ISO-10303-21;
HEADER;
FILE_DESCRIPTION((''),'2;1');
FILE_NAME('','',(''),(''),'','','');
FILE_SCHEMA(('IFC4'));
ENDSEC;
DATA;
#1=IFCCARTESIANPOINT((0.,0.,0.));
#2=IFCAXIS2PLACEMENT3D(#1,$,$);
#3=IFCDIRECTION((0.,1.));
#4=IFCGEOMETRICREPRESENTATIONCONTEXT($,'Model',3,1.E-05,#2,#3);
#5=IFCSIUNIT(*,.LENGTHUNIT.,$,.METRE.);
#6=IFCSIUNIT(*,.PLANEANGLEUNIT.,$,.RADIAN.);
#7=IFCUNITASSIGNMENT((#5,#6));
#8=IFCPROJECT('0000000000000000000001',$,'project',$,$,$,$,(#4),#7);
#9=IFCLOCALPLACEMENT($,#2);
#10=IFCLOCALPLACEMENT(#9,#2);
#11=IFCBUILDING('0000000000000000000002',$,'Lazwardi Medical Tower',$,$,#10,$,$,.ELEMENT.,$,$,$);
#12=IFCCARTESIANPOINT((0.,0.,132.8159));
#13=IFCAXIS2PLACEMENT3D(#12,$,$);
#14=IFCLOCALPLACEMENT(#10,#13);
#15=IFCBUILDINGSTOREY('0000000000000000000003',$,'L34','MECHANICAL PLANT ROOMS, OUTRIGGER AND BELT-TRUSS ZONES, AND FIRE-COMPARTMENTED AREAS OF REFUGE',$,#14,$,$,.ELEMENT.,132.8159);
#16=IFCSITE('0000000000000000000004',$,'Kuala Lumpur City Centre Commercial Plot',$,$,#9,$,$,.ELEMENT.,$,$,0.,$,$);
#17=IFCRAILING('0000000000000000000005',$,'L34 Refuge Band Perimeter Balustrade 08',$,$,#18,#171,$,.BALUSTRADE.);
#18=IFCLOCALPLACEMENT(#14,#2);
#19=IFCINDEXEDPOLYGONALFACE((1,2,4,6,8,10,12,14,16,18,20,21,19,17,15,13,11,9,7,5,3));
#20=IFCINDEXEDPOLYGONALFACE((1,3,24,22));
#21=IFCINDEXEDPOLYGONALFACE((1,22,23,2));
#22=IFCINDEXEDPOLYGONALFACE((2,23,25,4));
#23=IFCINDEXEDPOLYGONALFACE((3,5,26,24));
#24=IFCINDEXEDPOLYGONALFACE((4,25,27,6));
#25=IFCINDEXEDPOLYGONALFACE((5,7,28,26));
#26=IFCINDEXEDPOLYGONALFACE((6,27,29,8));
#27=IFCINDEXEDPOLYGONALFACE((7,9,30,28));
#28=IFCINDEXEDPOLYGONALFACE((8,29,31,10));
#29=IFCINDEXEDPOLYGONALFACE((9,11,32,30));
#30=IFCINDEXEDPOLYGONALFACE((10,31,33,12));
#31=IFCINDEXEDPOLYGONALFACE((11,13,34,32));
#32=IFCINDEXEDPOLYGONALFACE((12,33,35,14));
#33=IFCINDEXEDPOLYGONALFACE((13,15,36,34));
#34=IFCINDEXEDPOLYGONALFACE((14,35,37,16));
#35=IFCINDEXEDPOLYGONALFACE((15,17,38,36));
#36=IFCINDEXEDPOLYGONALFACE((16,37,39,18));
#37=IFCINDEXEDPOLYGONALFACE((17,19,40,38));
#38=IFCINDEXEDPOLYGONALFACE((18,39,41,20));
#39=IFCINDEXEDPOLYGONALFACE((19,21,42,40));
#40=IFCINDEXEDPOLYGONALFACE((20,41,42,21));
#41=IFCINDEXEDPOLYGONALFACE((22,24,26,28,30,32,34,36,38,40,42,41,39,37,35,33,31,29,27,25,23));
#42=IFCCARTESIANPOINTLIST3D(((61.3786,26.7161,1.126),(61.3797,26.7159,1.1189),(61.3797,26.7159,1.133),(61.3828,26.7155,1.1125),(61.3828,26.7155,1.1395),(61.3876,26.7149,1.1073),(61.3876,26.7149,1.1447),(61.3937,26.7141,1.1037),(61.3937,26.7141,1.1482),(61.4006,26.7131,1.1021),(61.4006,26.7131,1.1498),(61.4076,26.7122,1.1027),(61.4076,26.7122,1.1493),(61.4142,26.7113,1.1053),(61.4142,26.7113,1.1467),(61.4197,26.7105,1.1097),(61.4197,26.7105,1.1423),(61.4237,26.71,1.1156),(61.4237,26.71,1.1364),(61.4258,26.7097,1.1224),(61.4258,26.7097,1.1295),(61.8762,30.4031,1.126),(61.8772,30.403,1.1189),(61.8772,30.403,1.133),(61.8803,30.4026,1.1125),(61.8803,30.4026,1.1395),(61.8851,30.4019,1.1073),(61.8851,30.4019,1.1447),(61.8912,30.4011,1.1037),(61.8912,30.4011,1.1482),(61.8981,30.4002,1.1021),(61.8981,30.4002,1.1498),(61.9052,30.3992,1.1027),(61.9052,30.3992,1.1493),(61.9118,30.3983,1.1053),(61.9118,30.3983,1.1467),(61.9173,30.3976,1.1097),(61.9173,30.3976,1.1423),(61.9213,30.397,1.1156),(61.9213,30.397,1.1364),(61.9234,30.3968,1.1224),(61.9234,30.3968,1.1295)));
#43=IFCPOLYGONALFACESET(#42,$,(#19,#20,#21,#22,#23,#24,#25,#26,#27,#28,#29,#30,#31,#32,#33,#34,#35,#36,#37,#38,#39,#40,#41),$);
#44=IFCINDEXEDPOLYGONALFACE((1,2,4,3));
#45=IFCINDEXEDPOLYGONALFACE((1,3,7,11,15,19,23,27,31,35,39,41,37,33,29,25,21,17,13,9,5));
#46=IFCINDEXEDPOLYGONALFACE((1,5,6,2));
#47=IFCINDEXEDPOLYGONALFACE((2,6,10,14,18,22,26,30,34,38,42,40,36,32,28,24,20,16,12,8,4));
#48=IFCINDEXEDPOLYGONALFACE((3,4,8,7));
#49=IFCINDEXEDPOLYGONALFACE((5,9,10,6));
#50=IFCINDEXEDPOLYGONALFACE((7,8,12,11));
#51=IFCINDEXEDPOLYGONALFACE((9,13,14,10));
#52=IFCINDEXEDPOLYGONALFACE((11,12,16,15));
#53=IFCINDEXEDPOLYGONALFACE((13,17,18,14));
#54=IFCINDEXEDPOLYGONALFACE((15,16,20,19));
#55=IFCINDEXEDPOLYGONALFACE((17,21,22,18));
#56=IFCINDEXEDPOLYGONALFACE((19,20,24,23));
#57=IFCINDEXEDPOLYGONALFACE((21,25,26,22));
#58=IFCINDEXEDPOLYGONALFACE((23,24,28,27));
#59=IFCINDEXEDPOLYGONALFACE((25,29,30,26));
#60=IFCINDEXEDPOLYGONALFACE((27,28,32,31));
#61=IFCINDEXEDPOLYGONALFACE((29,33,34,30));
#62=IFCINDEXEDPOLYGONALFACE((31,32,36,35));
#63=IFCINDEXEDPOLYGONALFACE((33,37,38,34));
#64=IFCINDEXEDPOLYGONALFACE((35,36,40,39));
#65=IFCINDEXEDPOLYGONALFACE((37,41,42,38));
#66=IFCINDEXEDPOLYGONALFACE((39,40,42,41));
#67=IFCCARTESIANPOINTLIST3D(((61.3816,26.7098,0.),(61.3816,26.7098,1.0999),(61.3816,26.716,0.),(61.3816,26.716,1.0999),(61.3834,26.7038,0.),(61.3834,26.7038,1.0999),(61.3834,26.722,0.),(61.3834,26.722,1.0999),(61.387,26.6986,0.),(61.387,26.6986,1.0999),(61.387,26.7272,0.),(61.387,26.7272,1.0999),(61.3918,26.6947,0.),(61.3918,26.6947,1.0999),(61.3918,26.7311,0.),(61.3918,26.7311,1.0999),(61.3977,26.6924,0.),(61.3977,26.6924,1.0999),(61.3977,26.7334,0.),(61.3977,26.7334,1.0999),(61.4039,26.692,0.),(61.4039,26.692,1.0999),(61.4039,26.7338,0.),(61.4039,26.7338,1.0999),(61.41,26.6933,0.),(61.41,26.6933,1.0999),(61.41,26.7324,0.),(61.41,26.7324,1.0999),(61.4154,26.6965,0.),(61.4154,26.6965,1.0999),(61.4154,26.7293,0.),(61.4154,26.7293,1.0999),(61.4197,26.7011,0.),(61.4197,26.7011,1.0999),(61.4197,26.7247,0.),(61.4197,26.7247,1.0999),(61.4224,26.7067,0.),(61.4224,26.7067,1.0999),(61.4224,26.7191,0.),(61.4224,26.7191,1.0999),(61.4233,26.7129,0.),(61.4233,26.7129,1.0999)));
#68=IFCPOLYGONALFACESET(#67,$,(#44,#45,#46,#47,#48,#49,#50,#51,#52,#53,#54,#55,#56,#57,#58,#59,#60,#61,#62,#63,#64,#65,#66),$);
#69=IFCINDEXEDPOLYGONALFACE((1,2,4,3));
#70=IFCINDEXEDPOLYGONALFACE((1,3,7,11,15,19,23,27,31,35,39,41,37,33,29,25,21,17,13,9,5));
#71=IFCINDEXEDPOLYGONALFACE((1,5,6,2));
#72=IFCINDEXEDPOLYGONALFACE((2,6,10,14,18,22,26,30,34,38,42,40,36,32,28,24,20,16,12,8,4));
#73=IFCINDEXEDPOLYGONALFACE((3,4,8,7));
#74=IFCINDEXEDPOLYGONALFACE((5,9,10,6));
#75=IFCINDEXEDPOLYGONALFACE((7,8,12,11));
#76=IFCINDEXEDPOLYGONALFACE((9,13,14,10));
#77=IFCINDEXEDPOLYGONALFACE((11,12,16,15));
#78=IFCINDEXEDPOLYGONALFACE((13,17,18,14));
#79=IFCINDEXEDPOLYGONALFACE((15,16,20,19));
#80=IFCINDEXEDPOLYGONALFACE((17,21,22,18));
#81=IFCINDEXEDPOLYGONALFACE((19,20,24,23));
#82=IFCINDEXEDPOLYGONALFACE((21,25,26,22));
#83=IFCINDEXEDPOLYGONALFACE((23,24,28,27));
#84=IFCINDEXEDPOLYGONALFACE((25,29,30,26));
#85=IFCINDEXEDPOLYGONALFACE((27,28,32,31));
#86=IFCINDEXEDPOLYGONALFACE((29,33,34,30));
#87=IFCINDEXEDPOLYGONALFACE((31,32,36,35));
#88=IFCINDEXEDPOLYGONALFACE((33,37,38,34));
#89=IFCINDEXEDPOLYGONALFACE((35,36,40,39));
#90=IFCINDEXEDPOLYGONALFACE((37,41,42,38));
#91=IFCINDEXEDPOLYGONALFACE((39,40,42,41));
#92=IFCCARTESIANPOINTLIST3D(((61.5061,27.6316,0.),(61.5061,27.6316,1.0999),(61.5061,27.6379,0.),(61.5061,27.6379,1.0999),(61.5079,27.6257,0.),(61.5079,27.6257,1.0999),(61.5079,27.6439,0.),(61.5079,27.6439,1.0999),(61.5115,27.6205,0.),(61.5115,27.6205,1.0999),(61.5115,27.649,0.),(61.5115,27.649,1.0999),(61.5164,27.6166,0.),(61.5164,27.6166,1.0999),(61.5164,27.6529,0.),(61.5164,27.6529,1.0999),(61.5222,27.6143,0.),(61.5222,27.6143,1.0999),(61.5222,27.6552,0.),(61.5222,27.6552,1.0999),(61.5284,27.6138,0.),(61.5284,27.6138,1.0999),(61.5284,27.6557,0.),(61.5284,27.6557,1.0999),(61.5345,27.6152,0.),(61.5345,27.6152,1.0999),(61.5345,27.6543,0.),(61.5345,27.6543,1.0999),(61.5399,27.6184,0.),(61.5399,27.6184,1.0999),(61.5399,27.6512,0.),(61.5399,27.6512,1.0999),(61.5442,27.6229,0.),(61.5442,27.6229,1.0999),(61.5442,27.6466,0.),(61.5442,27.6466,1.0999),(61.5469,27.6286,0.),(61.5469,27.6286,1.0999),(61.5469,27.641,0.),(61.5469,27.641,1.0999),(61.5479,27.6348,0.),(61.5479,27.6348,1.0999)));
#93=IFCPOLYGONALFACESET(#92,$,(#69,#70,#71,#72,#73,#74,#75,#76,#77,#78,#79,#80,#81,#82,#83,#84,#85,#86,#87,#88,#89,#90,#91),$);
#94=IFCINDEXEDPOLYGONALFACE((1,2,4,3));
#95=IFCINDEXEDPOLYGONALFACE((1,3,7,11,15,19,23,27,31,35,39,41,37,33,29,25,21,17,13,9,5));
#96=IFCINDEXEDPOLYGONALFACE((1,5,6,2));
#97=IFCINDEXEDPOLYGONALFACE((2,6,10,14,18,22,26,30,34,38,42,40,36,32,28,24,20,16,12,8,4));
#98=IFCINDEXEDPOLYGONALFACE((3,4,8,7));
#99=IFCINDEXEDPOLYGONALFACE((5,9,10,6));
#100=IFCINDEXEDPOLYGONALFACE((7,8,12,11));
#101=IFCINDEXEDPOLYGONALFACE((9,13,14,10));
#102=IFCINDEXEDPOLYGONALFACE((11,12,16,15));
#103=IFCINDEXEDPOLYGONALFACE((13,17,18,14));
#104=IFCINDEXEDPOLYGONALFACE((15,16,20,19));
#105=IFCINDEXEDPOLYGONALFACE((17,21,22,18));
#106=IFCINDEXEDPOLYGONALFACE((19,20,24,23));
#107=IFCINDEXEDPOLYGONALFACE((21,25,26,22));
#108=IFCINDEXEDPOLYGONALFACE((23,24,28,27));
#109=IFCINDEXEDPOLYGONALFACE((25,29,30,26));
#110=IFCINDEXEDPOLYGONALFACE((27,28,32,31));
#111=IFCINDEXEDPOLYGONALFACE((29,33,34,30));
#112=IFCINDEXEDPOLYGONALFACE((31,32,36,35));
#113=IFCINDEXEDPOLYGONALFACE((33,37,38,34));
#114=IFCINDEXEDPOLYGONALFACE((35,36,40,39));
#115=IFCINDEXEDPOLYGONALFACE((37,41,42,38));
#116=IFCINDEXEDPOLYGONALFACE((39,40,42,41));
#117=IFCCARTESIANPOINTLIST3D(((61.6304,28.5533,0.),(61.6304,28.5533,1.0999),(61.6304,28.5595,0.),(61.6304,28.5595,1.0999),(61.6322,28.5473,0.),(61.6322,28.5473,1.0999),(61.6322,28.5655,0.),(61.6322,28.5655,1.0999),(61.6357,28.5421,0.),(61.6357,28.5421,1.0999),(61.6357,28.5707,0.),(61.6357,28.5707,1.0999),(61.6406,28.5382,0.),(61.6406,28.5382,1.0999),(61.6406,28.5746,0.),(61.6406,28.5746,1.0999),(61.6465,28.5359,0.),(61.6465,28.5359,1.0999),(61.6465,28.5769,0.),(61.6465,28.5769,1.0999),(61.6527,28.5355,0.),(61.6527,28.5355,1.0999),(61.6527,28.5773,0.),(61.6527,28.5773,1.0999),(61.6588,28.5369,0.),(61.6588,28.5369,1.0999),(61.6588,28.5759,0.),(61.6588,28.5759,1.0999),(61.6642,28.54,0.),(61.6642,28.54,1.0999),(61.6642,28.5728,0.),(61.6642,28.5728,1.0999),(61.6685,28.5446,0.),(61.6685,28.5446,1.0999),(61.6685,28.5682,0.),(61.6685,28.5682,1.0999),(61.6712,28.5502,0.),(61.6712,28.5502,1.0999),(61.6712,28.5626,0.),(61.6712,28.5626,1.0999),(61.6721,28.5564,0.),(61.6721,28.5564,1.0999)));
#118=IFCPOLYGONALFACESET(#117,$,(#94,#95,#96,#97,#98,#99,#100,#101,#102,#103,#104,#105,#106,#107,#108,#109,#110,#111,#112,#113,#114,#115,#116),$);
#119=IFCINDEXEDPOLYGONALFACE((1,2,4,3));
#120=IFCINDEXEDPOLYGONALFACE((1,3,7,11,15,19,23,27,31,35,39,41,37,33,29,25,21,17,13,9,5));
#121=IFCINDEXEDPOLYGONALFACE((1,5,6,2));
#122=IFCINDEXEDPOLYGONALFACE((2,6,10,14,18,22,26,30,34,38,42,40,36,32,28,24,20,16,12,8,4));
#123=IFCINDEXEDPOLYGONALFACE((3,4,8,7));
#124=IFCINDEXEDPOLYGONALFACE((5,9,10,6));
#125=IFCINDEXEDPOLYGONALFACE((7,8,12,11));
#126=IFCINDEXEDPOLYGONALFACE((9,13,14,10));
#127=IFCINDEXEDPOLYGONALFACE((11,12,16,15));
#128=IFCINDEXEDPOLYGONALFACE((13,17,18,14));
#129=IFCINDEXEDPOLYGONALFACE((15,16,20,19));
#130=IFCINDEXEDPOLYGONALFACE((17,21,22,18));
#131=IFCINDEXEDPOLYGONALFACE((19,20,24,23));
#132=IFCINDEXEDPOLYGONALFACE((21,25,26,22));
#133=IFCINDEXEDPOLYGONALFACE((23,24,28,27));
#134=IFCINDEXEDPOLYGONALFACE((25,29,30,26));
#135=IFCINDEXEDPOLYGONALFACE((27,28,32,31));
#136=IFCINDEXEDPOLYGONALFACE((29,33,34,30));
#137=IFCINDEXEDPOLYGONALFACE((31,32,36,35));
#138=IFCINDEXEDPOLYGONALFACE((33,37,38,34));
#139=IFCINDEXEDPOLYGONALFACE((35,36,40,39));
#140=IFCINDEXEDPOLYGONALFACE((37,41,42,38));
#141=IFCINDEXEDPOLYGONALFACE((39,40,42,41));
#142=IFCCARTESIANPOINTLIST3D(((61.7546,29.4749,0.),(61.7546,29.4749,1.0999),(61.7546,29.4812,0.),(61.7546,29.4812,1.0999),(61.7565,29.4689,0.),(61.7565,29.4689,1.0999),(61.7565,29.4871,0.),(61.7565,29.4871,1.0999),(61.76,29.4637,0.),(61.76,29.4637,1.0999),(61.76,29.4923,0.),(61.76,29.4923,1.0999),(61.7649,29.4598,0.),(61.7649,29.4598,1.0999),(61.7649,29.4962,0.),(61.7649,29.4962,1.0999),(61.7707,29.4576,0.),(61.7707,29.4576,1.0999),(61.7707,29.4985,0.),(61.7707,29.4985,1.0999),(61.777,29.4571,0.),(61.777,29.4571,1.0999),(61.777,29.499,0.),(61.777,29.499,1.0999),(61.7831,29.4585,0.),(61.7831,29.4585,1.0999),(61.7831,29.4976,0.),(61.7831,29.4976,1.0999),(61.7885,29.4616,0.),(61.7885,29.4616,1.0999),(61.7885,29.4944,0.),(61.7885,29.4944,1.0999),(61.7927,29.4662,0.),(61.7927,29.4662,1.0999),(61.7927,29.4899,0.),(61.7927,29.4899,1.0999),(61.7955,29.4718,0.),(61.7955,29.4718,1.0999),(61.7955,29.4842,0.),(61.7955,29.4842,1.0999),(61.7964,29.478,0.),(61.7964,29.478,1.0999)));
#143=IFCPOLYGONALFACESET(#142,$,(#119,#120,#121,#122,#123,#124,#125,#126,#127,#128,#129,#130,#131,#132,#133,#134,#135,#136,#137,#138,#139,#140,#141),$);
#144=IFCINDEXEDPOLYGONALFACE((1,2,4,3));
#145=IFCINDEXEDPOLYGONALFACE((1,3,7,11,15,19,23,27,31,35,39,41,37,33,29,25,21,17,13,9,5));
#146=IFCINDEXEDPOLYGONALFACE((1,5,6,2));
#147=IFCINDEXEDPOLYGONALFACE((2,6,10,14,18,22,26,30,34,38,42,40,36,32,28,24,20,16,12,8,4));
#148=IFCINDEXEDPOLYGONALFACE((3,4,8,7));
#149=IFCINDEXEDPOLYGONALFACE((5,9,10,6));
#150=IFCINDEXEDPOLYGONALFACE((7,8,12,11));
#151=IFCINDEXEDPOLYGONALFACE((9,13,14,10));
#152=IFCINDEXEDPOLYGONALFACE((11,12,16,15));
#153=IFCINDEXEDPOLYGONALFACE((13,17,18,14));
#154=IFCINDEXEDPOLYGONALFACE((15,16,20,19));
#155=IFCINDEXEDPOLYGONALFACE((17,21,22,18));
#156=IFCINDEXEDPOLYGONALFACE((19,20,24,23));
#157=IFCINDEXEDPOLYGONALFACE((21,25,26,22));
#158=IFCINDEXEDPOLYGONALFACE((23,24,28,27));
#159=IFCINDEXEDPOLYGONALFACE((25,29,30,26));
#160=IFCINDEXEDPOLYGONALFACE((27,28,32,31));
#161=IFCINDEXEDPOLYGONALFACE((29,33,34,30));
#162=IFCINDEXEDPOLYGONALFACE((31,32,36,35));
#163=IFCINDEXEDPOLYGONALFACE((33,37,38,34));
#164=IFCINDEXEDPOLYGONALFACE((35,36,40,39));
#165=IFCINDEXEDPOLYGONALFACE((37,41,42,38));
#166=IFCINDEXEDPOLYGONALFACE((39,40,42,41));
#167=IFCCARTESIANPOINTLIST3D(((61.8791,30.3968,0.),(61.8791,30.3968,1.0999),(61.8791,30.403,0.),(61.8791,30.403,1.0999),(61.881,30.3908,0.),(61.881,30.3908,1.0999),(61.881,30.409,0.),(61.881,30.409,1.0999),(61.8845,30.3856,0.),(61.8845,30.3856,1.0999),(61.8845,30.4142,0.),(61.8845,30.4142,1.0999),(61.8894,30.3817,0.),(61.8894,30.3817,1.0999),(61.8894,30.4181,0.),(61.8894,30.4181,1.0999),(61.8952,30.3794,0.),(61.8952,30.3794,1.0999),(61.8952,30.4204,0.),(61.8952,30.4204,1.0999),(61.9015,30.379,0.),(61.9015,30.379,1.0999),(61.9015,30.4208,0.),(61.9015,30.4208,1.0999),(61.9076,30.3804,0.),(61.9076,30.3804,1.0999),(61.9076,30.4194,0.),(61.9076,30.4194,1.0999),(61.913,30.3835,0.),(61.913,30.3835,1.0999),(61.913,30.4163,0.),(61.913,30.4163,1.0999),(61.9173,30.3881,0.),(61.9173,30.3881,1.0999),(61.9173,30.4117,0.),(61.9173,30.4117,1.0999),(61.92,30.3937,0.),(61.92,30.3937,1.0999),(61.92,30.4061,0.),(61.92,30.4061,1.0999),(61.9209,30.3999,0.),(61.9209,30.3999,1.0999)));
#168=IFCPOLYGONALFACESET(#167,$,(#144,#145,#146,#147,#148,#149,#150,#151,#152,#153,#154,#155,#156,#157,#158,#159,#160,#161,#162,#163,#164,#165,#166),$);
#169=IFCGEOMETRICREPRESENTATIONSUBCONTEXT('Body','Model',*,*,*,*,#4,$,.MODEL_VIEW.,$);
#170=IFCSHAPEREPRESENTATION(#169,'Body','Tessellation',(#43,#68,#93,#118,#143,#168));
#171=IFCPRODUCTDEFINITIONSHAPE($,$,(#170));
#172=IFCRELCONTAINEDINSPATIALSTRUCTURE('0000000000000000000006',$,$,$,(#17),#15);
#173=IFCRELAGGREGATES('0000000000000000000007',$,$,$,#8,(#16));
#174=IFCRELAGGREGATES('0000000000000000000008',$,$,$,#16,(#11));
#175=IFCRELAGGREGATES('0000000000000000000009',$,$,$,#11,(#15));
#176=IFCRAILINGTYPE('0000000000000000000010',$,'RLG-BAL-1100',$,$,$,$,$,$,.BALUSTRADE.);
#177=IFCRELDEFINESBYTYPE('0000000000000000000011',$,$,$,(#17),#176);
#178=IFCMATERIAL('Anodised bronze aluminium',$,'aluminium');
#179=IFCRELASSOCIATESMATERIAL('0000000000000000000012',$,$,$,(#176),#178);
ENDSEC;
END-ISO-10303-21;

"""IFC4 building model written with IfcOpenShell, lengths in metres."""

from ifc_helpers import new_model, si_unit, direction, frame, origin, origin_2d, place, context, subcontext, project, spatial, circle, extrude, material, type_object, element, save


model = new_model("IFC4")

# Units and contexts
model_context = context("Model", 3, precision=1e-05, world=origin(), true_north=direction((0.0, 1.0)))
body_context = subcontext(model_context, "Body", "Model", "MODEL_VIEW")
ifc_project = project(units=[si_unit("LENGTHUNIT", "METRE"), si_unit("PLANEANGLEUNIT", "RADIAN")], contexts=[model_context])

# Site, building, storey
site_placement = place(None, origin())
site = spatial("IfcSite", under=ifc_project, at=site_placement, Name="Kuala Lumpur City Centre Commercial Plot", CompositionType="ELEMENT", RefElevation=0.0)
building_placement = place(site_placement, origin())
building = spatial("IfcBuilding", under=site, at=building_placement, Name="Lazwardi Medical Tower", CompositionType="ELEMENT")
storey_placement = place(building_placement, frame((0.0, 0.0, 132.8159)))
storey = spatial("IfcBuildingStorey", under=building, at=storey_placement, Name="L34", Description="MECHANICAL PLANT ROOMS, OUTRIGGER AND BELT-TRUSS ZONES, AND FIRE-COMPARTMENTED AREAS OF REFUGE", CompositionType="ELEMENT", Elevation=132.8159)

# Railing
ifc_material_1 = material(Name="Anodised bronze aluminium", Category="aluminium")
railing_type_1 = type_object("IfcRailingType", Name="RLG-BAL-1100", PredefinedType="BALUSTRADE", material=ifc_material_1)
railing_1_placement = place(storey_placement, frame((61.4023, 26.7129, 0.0)))
element("IfcRailing", 1, at=railing_1_placement, inside=storey, type_object=railing_type_1, Name="L34 Refuge Band Perimeter Balustrade 08", PredefinedType="BALUSTRADE", context=body_context, shape_type="SweptSolid", body=[
    extrude(circle(Radius=0.0239, at=origin_2d()), frame((0.0, 0.0, 1.126), z_axis=(0.133737, 0.991017, 0.0), x_axis=(-0.991017, 0.133737, 0.0)), (0.0, 0.0, 1.0), 3.7205),
    extrude(circle(Radius=0.021, at=origin_2d()), origin(), (0.0, 0.0, 1.0), 1.0999),
    extrude(circle(Radius=0.021, at=origin_2d()), frame((0.1245, 0.9219, 0.0)), (0.0, 0.0, 1.0), 1.0999),
    extrude(circle(Radius=0.021, at=origin_2d()), frame((0.2488, 1.8435, 0.0)), (0.0, 0.0, 1.0), 1.0999),
    extrude(circle(Radius=0.021, at=origin_2d()), frame((0.373, 2.7651, 0.0)), (0.0, 0.0, 1.0), 1.0999),
    extrude(circle(Radius=0.021, at=origin_2d()), frame((0.4976, 3.687, 0.0)), (0.0, 0.0, 1.0), 1.0999),
])

save(model, "model.ifc")
